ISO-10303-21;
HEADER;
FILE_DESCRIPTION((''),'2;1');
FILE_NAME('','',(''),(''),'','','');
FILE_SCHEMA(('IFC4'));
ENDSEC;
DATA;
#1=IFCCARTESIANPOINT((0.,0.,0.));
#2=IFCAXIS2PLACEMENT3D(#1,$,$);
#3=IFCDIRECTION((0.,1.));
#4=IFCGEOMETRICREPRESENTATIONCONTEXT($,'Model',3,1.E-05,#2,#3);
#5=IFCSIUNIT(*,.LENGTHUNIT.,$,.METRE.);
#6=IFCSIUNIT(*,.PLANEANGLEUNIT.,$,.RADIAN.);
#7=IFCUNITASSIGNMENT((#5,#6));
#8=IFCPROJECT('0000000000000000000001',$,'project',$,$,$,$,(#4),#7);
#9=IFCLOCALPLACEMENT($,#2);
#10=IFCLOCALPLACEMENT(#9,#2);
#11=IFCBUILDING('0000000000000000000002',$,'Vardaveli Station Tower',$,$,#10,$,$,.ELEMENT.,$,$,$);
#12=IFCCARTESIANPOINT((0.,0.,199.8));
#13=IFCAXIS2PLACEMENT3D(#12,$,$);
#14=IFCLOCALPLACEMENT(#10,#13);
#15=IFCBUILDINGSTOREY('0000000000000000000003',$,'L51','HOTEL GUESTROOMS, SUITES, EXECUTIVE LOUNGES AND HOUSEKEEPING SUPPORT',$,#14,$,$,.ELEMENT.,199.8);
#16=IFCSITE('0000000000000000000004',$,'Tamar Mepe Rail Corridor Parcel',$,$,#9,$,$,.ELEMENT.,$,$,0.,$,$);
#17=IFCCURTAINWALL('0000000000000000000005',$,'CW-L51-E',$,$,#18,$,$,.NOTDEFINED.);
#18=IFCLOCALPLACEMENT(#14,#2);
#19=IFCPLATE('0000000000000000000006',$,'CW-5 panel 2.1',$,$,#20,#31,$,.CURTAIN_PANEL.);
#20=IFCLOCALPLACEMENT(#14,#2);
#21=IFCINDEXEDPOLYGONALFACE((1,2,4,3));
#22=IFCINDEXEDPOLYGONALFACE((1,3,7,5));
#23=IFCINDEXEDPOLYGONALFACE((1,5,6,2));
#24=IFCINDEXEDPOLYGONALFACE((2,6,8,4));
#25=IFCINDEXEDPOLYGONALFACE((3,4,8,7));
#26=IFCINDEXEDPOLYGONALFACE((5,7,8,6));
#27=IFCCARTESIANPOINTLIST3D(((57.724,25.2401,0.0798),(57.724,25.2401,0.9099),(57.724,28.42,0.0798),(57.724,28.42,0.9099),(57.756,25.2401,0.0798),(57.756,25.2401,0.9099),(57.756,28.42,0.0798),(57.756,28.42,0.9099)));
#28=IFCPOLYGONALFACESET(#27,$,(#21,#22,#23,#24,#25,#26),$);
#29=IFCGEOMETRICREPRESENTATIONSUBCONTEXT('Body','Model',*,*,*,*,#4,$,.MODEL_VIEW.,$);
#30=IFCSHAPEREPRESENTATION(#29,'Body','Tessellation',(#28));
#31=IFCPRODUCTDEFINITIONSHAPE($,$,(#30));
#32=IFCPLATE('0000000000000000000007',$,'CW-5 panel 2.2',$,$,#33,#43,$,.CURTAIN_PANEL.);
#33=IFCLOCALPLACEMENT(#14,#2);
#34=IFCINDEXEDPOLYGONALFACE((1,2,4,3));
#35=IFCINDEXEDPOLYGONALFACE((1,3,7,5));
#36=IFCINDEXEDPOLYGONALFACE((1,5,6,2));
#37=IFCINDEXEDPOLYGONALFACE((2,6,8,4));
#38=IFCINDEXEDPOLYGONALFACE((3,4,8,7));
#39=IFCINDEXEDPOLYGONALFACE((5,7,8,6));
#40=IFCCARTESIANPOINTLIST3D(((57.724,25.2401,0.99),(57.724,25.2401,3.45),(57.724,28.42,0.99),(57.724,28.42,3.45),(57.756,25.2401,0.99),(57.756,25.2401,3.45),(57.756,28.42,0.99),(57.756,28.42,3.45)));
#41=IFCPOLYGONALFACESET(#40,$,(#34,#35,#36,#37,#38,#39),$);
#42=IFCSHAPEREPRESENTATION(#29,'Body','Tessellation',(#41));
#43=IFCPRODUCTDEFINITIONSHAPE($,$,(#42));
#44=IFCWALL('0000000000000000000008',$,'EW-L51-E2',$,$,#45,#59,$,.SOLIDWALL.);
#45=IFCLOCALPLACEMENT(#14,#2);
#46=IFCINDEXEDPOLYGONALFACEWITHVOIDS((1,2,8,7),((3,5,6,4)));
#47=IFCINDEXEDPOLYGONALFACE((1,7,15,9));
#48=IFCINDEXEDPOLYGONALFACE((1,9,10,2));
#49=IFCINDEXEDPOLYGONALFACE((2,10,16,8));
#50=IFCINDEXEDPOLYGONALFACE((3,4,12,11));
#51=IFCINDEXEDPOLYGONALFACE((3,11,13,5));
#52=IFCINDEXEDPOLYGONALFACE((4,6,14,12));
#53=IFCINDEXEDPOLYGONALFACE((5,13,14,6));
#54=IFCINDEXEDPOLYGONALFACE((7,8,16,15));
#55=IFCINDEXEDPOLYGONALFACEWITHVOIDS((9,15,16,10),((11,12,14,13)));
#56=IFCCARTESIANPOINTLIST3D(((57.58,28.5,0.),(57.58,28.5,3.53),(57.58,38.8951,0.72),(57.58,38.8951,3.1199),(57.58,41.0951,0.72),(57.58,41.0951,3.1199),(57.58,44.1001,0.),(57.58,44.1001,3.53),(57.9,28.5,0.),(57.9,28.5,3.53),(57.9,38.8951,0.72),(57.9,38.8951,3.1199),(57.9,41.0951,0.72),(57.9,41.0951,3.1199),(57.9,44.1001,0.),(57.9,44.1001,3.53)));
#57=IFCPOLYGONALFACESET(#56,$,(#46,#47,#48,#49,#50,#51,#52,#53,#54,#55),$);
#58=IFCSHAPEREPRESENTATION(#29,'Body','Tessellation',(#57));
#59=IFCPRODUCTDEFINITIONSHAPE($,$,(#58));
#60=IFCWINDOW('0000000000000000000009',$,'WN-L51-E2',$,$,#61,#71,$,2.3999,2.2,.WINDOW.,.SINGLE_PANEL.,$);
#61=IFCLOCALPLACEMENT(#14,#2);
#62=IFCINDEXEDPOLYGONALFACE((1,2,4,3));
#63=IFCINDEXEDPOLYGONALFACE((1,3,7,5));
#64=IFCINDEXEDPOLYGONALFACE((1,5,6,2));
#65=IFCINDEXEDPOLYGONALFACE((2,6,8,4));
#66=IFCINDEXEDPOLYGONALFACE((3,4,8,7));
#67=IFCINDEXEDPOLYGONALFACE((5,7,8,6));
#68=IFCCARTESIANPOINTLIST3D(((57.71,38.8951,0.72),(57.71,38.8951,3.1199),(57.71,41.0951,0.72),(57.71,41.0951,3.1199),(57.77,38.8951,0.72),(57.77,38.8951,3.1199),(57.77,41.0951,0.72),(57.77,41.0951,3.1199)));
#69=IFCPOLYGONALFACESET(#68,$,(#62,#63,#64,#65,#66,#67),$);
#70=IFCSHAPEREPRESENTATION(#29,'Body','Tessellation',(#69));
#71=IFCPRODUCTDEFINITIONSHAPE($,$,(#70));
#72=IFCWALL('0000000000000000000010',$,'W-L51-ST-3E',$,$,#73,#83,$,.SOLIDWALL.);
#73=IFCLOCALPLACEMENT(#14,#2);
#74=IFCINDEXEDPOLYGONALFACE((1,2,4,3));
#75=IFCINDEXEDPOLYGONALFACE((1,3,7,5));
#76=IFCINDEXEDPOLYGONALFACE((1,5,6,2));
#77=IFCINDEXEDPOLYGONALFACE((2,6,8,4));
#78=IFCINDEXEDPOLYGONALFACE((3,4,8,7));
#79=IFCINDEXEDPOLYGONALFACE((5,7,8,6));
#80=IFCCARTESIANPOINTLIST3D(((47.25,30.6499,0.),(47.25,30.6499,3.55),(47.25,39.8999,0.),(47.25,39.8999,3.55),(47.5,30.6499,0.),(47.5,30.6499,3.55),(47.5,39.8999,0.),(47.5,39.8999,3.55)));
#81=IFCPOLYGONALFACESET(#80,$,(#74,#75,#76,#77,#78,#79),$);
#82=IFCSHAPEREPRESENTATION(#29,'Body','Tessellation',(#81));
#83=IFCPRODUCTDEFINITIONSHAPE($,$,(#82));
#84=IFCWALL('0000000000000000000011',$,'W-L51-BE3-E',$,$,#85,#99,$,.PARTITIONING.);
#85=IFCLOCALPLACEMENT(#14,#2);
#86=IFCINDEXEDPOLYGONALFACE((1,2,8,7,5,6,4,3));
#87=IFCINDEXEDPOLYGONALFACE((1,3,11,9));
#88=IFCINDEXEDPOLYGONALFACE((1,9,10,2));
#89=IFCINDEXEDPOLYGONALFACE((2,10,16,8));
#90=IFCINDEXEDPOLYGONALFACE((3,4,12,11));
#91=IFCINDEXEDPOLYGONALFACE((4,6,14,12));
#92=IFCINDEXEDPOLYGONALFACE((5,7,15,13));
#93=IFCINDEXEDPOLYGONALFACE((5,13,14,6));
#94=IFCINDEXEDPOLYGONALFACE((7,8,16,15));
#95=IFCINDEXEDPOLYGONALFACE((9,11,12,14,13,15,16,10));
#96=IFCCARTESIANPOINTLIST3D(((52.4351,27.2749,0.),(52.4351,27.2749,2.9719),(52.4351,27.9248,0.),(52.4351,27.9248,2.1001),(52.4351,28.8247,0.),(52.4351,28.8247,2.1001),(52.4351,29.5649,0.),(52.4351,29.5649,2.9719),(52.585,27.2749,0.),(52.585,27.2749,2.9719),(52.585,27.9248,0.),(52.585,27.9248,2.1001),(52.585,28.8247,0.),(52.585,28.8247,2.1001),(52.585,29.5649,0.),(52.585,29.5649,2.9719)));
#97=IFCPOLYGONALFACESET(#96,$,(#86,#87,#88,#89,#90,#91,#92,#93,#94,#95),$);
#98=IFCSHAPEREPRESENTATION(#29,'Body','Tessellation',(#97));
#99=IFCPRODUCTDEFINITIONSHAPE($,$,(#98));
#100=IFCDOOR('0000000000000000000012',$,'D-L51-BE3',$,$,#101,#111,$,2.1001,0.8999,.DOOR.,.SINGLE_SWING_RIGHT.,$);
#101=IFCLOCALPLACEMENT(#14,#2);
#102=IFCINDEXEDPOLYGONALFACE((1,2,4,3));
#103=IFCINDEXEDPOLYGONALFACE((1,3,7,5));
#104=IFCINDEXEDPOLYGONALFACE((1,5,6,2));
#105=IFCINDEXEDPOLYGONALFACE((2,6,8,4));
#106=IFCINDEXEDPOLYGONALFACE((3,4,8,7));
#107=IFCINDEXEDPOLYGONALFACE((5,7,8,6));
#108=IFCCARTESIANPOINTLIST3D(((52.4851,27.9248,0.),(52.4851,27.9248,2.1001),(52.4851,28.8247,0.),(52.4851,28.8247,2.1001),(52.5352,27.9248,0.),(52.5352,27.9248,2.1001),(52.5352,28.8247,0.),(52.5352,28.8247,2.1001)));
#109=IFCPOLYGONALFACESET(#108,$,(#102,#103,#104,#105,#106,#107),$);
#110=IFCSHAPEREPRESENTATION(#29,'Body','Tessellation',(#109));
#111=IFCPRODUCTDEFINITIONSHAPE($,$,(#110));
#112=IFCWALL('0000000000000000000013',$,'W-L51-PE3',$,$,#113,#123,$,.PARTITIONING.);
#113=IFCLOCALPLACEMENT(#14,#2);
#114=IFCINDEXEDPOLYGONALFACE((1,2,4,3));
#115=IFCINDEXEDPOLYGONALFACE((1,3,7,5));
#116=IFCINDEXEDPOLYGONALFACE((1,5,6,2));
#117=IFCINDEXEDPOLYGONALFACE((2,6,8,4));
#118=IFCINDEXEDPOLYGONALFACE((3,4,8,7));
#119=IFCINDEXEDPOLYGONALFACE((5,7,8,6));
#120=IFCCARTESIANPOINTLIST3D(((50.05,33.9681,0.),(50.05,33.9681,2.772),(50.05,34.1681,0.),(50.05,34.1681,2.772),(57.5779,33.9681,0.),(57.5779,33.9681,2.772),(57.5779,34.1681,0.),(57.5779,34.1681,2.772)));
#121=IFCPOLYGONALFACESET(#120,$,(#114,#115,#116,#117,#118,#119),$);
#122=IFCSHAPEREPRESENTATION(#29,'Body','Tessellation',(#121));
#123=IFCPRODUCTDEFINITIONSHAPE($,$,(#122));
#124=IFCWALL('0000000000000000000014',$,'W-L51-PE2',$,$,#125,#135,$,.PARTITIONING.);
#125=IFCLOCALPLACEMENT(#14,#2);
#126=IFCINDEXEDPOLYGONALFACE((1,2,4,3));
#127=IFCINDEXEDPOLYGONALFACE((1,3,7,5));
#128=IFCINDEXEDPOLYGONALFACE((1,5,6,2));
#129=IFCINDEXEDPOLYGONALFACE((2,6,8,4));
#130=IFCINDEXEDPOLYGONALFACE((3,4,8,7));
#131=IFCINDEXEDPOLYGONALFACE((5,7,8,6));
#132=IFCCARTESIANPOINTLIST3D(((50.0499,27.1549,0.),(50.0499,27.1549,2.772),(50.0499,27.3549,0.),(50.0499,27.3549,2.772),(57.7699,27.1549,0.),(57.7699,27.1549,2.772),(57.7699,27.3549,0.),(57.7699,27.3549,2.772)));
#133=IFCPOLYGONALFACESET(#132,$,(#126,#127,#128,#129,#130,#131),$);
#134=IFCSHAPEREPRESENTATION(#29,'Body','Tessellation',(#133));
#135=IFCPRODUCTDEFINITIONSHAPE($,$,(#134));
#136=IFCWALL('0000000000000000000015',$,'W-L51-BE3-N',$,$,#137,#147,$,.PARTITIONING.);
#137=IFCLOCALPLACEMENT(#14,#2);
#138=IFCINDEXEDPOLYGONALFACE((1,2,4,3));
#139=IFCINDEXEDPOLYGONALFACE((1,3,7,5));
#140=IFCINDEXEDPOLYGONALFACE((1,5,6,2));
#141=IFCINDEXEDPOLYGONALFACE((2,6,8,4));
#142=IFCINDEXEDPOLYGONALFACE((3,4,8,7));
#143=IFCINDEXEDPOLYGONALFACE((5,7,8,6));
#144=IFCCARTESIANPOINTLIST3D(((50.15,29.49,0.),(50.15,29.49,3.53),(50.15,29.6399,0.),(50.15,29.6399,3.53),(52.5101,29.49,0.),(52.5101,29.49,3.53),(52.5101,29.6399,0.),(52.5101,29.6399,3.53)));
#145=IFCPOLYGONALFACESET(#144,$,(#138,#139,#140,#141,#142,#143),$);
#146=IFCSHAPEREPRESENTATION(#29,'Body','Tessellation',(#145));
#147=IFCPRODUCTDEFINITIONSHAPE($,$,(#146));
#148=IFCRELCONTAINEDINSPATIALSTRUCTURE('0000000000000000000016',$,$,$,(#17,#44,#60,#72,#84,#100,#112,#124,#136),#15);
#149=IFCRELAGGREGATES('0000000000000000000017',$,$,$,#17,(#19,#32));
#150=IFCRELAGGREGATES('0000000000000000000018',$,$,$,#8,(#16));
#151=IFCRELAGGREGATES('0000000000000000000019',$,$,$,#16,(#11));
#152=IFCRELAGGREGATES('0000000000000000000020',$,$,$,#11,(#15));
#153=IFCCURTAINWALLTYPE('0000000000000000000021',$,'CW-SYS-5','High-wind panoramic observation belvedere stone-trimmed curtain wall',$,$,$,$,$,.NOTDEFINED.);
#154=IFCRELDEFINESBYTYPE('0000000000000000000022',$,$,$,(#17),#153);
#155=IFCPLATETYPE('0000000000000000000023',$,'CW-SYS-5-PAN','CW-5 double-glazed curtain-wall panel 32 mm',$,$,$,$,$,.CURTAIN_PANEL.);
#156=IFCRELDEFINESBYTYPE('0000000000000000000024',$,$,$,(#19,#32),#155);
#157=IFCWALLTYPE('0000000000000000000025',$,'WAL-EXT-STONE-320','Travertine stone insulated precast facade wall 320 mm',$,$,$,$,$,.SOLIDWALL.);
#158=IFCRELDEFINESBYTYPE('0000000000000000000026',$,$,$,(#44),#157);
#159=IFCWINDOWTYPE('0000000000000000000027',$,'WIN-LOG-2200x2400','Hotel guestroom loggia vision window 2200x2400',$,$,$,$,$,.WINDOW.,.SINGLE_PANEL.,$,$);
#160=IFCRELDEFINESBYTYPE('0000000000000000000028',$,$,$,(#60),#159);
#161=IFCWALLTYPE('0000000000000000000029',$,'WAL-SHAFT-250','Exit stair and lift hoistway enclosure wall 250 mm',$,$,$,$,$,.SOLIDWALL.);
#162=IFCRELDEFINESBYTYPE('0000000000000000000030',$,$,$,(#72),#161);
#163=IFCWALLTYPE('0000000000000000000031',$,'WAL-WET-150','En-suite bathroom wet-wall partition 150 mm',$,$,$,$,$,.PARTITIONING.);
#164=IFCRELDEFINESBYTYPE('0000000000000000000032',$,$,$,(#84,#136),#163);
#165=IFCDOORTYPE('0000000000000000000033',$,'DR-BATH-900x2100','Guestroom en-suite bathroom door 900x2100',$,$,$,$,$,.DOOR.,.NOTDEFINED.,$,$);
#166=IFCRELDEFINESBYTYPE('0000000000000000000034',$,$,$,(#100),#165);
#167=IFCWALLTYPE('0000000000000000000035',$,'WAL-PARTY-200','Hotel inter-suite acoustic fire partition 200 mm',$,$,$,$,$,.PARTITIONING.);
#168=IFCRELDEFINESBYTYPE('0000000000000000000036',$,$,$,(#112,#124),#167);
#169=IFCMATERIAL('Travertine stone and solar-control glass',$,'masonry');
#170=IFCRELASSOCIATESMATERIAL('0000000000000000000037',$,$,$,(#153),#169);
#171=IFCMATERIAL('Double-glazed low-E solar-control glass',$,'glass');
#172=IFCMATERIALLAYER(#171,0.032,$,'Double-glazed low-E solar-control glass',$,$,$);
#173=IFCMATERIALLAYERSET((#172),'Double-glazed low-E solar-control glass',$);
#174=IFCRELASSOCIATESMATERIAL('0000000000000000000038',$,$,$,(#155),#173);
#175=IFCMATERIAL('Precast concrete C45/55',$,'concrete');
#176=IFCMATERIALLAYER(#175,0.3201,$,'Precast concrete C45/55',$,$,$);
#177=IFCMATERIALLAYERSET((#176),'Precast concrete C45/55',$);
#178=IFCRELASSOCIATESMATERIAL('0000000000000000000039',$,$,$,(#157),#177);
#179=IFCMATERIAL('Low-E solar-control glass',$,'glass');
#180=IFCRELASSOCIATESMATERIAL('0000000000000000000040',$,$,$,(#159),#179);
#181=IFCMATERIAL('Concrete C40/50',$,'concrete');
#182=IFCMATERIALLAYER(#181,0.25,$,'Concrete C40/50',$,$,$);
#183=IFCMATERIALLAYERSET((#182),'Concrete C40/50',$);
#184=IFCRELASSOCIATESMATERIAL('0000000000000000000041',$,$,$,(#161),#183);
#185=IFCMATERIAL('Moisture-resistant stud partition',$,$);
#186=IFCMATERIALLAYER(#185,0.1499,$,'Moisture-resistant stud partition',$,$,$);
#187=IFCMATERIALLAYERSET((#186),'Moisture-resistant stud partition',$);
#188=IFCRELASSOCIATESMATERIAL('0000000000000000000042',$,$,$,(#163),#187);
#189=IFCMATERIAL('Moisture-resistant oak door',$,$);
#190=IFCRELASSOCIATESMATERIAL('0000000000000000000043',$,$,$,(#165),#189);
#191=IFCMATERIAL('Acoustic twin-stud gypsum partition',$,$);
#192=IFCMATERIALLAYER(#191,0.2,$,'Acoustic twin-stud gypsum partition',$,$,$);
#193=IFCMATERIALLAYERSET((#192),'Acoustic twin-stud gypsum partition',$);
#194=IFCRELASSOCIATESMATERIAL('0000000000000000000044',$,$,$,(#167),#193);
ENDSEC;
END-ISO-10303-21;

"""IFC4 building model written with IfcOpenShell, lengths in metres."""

from ifc_helpers import new_model, si_unit, direction, frame, frame_2d, origin, origin_2d, place, context, subcontext, project, spatial, rectangle, extrude, source, transform, mapped, material, layer, layer_set, type_object, element, fill, aggregate, save


model = new_model("IFC4")

# Units and contexts
model_context = context("Model", 3, precision=1e-05, world=origin(), true_north=direction((0.0, 1.0)))
body_context = subcontext(model_context, "Body", "Model", "MODEL_VIEW")
ifc_project = project(units=[si_unit("LENGTHUNIT", "METRE"), si_unit("PLANEANGLEUNIT", "RADIAN")], contexts=[model_context])

# Site, building, storey
site_placement = place(None, origin())
site = spatial("IfcSite", under=ifc_project, at=site_placement, Name="Tamar Mepe Rail Corridor Parcel", CompositionType="ELEMENT", RefElevation=0.0)
building_placement = place(site_placement, origin())
building = spatial("IfcBuilding", under=site, at=building_placement, Name="Vardaveli Station Tower", CompositionType="ELEMENT")
storey_placement = place(building_placement, frame((0.0, 0.0, 199.8)))
storey = spatial("IfcBuildingStorey", under=building, at=storey_placement, Name="L51", Description="HOTEL GUESTROOMS, SUITES, EXECUTIVE LOUNGES AND HOUSEKEEPING SUPPORT", CompositionType="ELEMENT", Elevation=199.8)

# Shared definitions
ifc_material_1 = material(Name="Precast concrete C45/55", Category="concrete")

# Curtain wall, plates
ifc_material_2 = material(Name="Travertine stone and solar-control glass", Category="masonry")
curtain_wall_type = type_object("IfcCurtainWallType", Name="CW-SYS-5", Description="High-wind panoramic observation belvedere stone-trimmed curtain wall", PredefinedType="NOTDEFINED", material=ifc_material_2)
curtain_wall_placement = place(storey_placement, origin())
curtain_wall = element("IfcCurtainWall", 1, at=curtain_wall_placement, inside=storey, type_object=curtain_wall_type, Name="CW-L51-E", PredefinedType="NOTDEFINED")
ifc_material_3 = material(Name="Double-glazed low-E solar-control glass", Category="glass")
ifc_layer_1 = layer(ifc_material_3, 0.032, Name="Double-glazed low-E solar-control glass")
ifc_layer_set_1 = layer_set([ifc_layer_1], Name="Double-glazed low-E solar-control glass")
plate_type = type_object("IfcPlateType", Name="CW-SYS-5-PAN", Description="CW-5 double-glazed curtain-wall panel 32 mm", PredefinedType="CURTAIN_PANEL", material=ifc_layer_set_1)
shared_shape_1 = source(origin(), body_context, "Body", "SweptSolid", [
    extrude(rectangle(XDim=3.1799, YDim=0.032, at=origin_2d()), origin(), (0.0, 0.0, 1.0), 0.8301),
])
plate_1_placement = place(storey_placement, frame((57.74, 26.8301, 0.0798), z_axis=(0.0, 0.0, 1.0), x_axis=(0.0, 1.0, 0.0)))
plate_1 = element("IfcPlate", 2, at=plate_1_placement, type_object=plate_type, Name="CW-5 panel 2.1", PredefinedType="CURTAIN_PANEL", context=body_context, shape_type="MappedRepresentation", body=[
    mapped(shared_shape_1, transform((0.0, 0.0, 0.0), scale=1.0)),
])
shared_shape_2 = source(origin(), body_context, "Body", "SweptSolid", [
    extrude(rectangle(XDim=3.1799, YDim=0.032, at=origin_2d()), origin(), (0.0, 0.0, 1.0), 2.46),
])
plate_2_placement = place(storey_placement, frame((57.74, 26.8301, 0.99), z_axis=(0.0, 0.0, 1.0), x_axis=(0.0, 1.0, 0.0)))
plate_2 = element("IfcPlate", 3, at=plate_2_placement, type_object=plate_type, Name="CW-5 panel 2.2", PredefinedType="CURTAIN_PANEL", context=body_context, shape_type="MappedRepresentation", body=[
    mapped(shared_shape_2, transform((0.0, 0.0, 0.0), scale=1.0)),
])
aggregate(curtain_wall, [plate_1, plate_2])

# Wall, opening, window
ifc_layer_2 = layer(ifc_material_1, 0.3201, Name="Precast concrete C45/55")
ifc_layer_set_2 = layer_set([ifc_layer_2], Name="Precast concrete C45/55")
wall_type_1 = type_object("IfcWallType", Name="WAL-EXT-STONE-320", Description="Travertine stone insulated precast facade wall 320 mm", PredefinedType="SOLIDWALL", material=ifc_layer_set_2)
shared_shape_3 = source(origin(), body_context, "Body", "SweptSolid", [
    extrude(rectangle(XDim=15.6001, YDim=0.3201, at=frame_2d((7.8, 0.0))), origin(), (0.0, 0.0, 1.0), 3.53),
])
wall_1_placement = place(storey_placement, frame((57.74, 28.5, 0.0), z_axis=(0.0, 0.0, 1.0), x_axis=(0.0, 1.0, 0.0)))
wall_1 = element("IfcWall", 4, at=wall_1_placement, inside=storey, type_object=wall_type_1, Name="EW-L51-E2", PredefinedType="SOLIDWALL", context=body_context, shape_type="MappedRepresentation", body=[
    mapped(shared_shape_3, transform((0.0, 0.0, 0.0), scale=1.0)),
])
shared_shape_4 = source(origin(), body_context, "Body", "SweptSolid", [
    extrude(rectangle(XDim=2.2, YDim=2.3999, at=frame_2d((1.1001, 1.2))), frame((0.0, 0.1699, 0.0), z_axis=(0.0, -1.0, 0.0), x_axis=(1.0, 0.0, 0.0)), (0.0, 0.0, 1.0), 0.3401),
])
opening_1_placement = place(wall_1_placement, frame((10.395, 0.0, 0.72)))
opening_1 = element("IfcOpeningElement", 5, at=opening_1_placement, cuts=wall_1, PredefinedType="OPENING", context=body_context, shape_type="MappedRepresentation", body=[
    mapped(shared_shape_4, transform((0.0, 0.0, 0.0), scale=1.0)),
])
ifc_material_4 = material(Name="Low-E solar-control glass", Category="glass")
window_type = type_object("IfcWindowType", Name="WIN-LOG-2200x2400", Description="Hotel guestroom loggia vision window 2200x2400", PartitioningType="SINGLE_PANEL", PredefinedType="WINDOW", material=ifc_material_4)
shared_shape_5 = source(origin(), body_context, "Body", "SweptSolid", [
    extrude(rectangle(XDim=2.2, YDim=2.3999, at=frame_2d((1.1001, 1.2))), frame((0.0, 0.03, 0.0), z_axis=(0.0, -1.0, 0.0), x_axis=(1.0, 0.0, 0.0)), (0.0, 0.0, 1.0), 0.0601),
])
window_placement = place(opening_1_placement, origin())
window = element("IfcWindow", 6, at=window_placement, inside=storey, type_object=window_type, Name="WN-L51-E2", OverallHeight=2.3999, OverallWidth=2.2, PartitioningType="SINGLE_PANEL", PredefinedType="WINDOW", context=body_context, shape_type="MappedRepresentation", body=[
    mapped(shared_shape_5, transform((0.0, 0.0, 0.0), scale=1.0)),
])
fill(opening_1, window)

# Wall
ifc_material_5 = material(Name="Concrete C40/50", Category="concrete")
ifc_layer_3 = layer(ifc_material_5, 0.25, Name="Concrete C40/50")
ifc_layer_set_3 = layer_set([ifc_layer_3], Name="Concrete C40/50")
wall_type_2 = type_object("IfcWallType", Name="WAL-SHAFT-250", Description="Exit stair and lift hoistway enclosure wall 250 mm", PredefinedType="SOLIDWALL", material=ifc_layer_set_3)
shared_shape_6 = source(origin(), body_context, "Body", "SweptSolid", [
    extrude(rectangle(XDim=9.25, YDim=0.25, at=frame_2d((4.625, 0.0))), origin(), (0.0, 0.0, 1.0), 3.55),
])
wall_2_placement = place(storey_placement, frame((47.375, 30.6499, 0.0), z_axis=(0.0, 0.0, 1.0), x_axis=(0.0, 1.0, 0.0)))
element("IfcWall", 7, at=wall_2_placement, inside=storey, type_object=wall_type_2, Name="W-L51-ST-3E", PredefinedType="SOLIDWALL", context=body_context, shape_type="MappedRepresentation", body=[
    mapped(shared_shape_6, transform((0.0, 0.0, 0.0), scale=1.0)),
])

# Wall, opening, door
ifc_material_6 = material(Name="Moisture-resistant stud partition")
ifc_layer_4 = layer(ifc_material_6, 0.1499, Name="Moisture-resistant stud partition")
ifc_layer_set_4 = layer_set([ifc_layer_4], Name="Moisture-resistant stud partition")
wall_type_3 = type_object("IfcWallType", Name="WAL-WET-150", Description="En-suite bathroom wet-wall partition 150 mm", PredefinedType="PARTITIONING", material=ifc_layer_set_4)
shared_shape_7 = source(origin(), body_context, "Body", "SweptSolid", [
    extrude(rectangle(XDim=2.29, YDim=0.1499, at=frame_2d((1.145, 0.0))), origin(), (0.0, 0.0, 1.0), 2.9719),
])
wall_3_placement = place(storey_placement, frame((52.51, 27.2749, 0.0), z_axis=(0.0, 0.0, 1.0), x_axis=(0.0, 1.0, 0.0)))
wall_3 = element("IfcWall", 8, at=wall_3_placement, inside=storey, type_object=wall_type_3, Name="W-L51-BE3-E", PredefinedType="PARTITIONING", context=body_context, shape_type="MappedRepresentation", body=[
    mapped(shared_shape_7, transform((0.0, 0.0, 0.0), scale=1.0)),
])
shared_shape_8 = source(origin(), body_context, "Body", "SweptSolid", [
    extrude(rectangle(XDim=0.8999, YDim=2.1001, at=frame_2d((0.45, 1.05))), frame((0.0, 0.085, 0.0), z_axis=(0.0, -1.0, 0.0), x_axis=(1.0, 0.0, 0.0)), (0.0, 0.0, 1.0), 0.1699),
])
opening_2_placement = place(wall_3_placement, frame((0.6499, 0.0, 0.0)))
opening_2 = element("IfcOpeningElement", 9, at=opening_2_placement, cuts=wall_3, PredefinedType="OPENING", context=body_context, shape_type="MappedRepresentation", body=[
    mapped(shared_shape_8, transform((0.0, 0.0, 0.0), scale=1.0)),
])
ifc_material_7 = material(Name="Moisture-resistant oak door")
door_type = type_object("IfcDoorType", Name="DR-BATH-900x2100", Description="Guestroom en-suite bathroom door 900x2100", OperationType="NOTDEFINED", PredefinedType="DOOR", material=ifc_material_7)
shared_shape_9 = source(origin(), body_context, "Body", "SweptSolid", [
    extrude(rectangle(XDim=0.8999, YDim=2.1001, at=frame_2d((0.45, 1.05))), frame((0.0, 0.0249, 0.0), z_axis=(0.0, -1.0, 0.0), x_axis=(1.0, 0.0, 0.0)), (0.0, 0.0, 1.0), 0.05),
])
door_1_placement = place(opening_2_placement, origin())
door_1 = element("IfcDoor", 10, at=door_1_placement, inside=storey, type_object=door_type, Name="D-L51-BE3", OperationType="SINGLE_SWING_RIGHT", OverallHeight=2.1001, OverallWidth=0.8999, PredefinedType="DOOR", context=body_context, shape_type="MappedRepresentation", body=[
    mapped(shared_shape_9, transform((0.0, 0.0, 0.0), scale=1.0)),
])
fill(opening_2, door_1)

# Walls
ifc_material_8 = material(Name="Acoustic twin-stud gypsum partition")
ifc_layer_5 = layer(ifc_material_8, 0.2, Name="Acoustic twin-stud gypsum partition")
ifc_layer_set_5 = layer_set([ifc_layer_5], Name="Acoustic twin-stud gypsum partition")
wall_type_4 = type_object("IfcWallType", Name="WAL-PARTY-200", Description="Hotel inter-suite acoustic fire partition 200 mm", PredefinedType="PARTITIONING", material=ifc_layer_set_5)
shared_shape_10 = source(origin(), body_context, "Body", "SweptSolid", [
    extrude(rectangle(XDim=7.5278, YDim=0.2, at=frame_2d((3.7639, 0.0))), origin(), (0.0, 0.0, 1.0), 2.772),
])
wall_4_placement = place(storey_placement, frame((50.05, 34.0681, 0.0), z_axis=(0.0, 0.0, 1.0), x_axis=(1.0, 0.0, 0.0)))
element("IfcWall", 11, at=wall_4_placement, inside=storey, type_object=wall_type_4, Name="W-L51-PE3", PredefinedType="PARTITIONING", context=body_context, shape_type="MappedRepresentation", body=[
    mapped(shared_shape_10, transform((0.0, 0.0, 0.0), scale=1.0)),
])
shared_shape_11 = source(origin(), body_context, "Body", "SweptSolid", [
    extrude(rectangle(XDim=7.72, YDim=0.2, at=frame_2d((3.8599, 0.0))), origin(), (0.0, 0.0, 1.0), 2.772),
])
wall_5_placement = place(storey_placement, frame((50.05, 27.2549, 0.0), z_axis=(0.0, 0.0, 1.0), x_axis=(1.0, 0.0, 0.0)))
element("IfcWall", 12, at=wall_5_placement, inside=storey, type_object=wall_type_4, Name="W-L51-PE2", PredefinedType="PARTITIONING", context=body_context, shape_type="MappedRepresentation", body=[
    mapped(shared_shape_11, transform((0.0, 0.0, 0.0), scale=1.0)),
])
shared_shape_12 = source(origin(), body_context, "Body", "SweptSolid", [
    extrude(rectangle(XDim=2.3601, YDim=0.1499, at=frame_2d((1.1802, 0.0))), origin(), (0.0, 0.0, 1.0), 3.53),
])
wall_6_placement = place(storey_placement, frame((50.1499, 29.5649, 0.0), z_axis=(0.0, 0.0, 1.0), x_axis=(1.0, 0.0, 0.0)))
element("IfcWall", 13, at=wall_6_placement, inside=storey, type_object=wall_type_3, Name="W-L51-BE3-N", PredefinedType="PARTITIONING", context=body_context, shape_type="MappedRepresentation", body=[
    mapped(shared_shape_12, transform((0.0, 0.0, 0.0), scale=1.0)),
])

save(model, "model.ifc")
